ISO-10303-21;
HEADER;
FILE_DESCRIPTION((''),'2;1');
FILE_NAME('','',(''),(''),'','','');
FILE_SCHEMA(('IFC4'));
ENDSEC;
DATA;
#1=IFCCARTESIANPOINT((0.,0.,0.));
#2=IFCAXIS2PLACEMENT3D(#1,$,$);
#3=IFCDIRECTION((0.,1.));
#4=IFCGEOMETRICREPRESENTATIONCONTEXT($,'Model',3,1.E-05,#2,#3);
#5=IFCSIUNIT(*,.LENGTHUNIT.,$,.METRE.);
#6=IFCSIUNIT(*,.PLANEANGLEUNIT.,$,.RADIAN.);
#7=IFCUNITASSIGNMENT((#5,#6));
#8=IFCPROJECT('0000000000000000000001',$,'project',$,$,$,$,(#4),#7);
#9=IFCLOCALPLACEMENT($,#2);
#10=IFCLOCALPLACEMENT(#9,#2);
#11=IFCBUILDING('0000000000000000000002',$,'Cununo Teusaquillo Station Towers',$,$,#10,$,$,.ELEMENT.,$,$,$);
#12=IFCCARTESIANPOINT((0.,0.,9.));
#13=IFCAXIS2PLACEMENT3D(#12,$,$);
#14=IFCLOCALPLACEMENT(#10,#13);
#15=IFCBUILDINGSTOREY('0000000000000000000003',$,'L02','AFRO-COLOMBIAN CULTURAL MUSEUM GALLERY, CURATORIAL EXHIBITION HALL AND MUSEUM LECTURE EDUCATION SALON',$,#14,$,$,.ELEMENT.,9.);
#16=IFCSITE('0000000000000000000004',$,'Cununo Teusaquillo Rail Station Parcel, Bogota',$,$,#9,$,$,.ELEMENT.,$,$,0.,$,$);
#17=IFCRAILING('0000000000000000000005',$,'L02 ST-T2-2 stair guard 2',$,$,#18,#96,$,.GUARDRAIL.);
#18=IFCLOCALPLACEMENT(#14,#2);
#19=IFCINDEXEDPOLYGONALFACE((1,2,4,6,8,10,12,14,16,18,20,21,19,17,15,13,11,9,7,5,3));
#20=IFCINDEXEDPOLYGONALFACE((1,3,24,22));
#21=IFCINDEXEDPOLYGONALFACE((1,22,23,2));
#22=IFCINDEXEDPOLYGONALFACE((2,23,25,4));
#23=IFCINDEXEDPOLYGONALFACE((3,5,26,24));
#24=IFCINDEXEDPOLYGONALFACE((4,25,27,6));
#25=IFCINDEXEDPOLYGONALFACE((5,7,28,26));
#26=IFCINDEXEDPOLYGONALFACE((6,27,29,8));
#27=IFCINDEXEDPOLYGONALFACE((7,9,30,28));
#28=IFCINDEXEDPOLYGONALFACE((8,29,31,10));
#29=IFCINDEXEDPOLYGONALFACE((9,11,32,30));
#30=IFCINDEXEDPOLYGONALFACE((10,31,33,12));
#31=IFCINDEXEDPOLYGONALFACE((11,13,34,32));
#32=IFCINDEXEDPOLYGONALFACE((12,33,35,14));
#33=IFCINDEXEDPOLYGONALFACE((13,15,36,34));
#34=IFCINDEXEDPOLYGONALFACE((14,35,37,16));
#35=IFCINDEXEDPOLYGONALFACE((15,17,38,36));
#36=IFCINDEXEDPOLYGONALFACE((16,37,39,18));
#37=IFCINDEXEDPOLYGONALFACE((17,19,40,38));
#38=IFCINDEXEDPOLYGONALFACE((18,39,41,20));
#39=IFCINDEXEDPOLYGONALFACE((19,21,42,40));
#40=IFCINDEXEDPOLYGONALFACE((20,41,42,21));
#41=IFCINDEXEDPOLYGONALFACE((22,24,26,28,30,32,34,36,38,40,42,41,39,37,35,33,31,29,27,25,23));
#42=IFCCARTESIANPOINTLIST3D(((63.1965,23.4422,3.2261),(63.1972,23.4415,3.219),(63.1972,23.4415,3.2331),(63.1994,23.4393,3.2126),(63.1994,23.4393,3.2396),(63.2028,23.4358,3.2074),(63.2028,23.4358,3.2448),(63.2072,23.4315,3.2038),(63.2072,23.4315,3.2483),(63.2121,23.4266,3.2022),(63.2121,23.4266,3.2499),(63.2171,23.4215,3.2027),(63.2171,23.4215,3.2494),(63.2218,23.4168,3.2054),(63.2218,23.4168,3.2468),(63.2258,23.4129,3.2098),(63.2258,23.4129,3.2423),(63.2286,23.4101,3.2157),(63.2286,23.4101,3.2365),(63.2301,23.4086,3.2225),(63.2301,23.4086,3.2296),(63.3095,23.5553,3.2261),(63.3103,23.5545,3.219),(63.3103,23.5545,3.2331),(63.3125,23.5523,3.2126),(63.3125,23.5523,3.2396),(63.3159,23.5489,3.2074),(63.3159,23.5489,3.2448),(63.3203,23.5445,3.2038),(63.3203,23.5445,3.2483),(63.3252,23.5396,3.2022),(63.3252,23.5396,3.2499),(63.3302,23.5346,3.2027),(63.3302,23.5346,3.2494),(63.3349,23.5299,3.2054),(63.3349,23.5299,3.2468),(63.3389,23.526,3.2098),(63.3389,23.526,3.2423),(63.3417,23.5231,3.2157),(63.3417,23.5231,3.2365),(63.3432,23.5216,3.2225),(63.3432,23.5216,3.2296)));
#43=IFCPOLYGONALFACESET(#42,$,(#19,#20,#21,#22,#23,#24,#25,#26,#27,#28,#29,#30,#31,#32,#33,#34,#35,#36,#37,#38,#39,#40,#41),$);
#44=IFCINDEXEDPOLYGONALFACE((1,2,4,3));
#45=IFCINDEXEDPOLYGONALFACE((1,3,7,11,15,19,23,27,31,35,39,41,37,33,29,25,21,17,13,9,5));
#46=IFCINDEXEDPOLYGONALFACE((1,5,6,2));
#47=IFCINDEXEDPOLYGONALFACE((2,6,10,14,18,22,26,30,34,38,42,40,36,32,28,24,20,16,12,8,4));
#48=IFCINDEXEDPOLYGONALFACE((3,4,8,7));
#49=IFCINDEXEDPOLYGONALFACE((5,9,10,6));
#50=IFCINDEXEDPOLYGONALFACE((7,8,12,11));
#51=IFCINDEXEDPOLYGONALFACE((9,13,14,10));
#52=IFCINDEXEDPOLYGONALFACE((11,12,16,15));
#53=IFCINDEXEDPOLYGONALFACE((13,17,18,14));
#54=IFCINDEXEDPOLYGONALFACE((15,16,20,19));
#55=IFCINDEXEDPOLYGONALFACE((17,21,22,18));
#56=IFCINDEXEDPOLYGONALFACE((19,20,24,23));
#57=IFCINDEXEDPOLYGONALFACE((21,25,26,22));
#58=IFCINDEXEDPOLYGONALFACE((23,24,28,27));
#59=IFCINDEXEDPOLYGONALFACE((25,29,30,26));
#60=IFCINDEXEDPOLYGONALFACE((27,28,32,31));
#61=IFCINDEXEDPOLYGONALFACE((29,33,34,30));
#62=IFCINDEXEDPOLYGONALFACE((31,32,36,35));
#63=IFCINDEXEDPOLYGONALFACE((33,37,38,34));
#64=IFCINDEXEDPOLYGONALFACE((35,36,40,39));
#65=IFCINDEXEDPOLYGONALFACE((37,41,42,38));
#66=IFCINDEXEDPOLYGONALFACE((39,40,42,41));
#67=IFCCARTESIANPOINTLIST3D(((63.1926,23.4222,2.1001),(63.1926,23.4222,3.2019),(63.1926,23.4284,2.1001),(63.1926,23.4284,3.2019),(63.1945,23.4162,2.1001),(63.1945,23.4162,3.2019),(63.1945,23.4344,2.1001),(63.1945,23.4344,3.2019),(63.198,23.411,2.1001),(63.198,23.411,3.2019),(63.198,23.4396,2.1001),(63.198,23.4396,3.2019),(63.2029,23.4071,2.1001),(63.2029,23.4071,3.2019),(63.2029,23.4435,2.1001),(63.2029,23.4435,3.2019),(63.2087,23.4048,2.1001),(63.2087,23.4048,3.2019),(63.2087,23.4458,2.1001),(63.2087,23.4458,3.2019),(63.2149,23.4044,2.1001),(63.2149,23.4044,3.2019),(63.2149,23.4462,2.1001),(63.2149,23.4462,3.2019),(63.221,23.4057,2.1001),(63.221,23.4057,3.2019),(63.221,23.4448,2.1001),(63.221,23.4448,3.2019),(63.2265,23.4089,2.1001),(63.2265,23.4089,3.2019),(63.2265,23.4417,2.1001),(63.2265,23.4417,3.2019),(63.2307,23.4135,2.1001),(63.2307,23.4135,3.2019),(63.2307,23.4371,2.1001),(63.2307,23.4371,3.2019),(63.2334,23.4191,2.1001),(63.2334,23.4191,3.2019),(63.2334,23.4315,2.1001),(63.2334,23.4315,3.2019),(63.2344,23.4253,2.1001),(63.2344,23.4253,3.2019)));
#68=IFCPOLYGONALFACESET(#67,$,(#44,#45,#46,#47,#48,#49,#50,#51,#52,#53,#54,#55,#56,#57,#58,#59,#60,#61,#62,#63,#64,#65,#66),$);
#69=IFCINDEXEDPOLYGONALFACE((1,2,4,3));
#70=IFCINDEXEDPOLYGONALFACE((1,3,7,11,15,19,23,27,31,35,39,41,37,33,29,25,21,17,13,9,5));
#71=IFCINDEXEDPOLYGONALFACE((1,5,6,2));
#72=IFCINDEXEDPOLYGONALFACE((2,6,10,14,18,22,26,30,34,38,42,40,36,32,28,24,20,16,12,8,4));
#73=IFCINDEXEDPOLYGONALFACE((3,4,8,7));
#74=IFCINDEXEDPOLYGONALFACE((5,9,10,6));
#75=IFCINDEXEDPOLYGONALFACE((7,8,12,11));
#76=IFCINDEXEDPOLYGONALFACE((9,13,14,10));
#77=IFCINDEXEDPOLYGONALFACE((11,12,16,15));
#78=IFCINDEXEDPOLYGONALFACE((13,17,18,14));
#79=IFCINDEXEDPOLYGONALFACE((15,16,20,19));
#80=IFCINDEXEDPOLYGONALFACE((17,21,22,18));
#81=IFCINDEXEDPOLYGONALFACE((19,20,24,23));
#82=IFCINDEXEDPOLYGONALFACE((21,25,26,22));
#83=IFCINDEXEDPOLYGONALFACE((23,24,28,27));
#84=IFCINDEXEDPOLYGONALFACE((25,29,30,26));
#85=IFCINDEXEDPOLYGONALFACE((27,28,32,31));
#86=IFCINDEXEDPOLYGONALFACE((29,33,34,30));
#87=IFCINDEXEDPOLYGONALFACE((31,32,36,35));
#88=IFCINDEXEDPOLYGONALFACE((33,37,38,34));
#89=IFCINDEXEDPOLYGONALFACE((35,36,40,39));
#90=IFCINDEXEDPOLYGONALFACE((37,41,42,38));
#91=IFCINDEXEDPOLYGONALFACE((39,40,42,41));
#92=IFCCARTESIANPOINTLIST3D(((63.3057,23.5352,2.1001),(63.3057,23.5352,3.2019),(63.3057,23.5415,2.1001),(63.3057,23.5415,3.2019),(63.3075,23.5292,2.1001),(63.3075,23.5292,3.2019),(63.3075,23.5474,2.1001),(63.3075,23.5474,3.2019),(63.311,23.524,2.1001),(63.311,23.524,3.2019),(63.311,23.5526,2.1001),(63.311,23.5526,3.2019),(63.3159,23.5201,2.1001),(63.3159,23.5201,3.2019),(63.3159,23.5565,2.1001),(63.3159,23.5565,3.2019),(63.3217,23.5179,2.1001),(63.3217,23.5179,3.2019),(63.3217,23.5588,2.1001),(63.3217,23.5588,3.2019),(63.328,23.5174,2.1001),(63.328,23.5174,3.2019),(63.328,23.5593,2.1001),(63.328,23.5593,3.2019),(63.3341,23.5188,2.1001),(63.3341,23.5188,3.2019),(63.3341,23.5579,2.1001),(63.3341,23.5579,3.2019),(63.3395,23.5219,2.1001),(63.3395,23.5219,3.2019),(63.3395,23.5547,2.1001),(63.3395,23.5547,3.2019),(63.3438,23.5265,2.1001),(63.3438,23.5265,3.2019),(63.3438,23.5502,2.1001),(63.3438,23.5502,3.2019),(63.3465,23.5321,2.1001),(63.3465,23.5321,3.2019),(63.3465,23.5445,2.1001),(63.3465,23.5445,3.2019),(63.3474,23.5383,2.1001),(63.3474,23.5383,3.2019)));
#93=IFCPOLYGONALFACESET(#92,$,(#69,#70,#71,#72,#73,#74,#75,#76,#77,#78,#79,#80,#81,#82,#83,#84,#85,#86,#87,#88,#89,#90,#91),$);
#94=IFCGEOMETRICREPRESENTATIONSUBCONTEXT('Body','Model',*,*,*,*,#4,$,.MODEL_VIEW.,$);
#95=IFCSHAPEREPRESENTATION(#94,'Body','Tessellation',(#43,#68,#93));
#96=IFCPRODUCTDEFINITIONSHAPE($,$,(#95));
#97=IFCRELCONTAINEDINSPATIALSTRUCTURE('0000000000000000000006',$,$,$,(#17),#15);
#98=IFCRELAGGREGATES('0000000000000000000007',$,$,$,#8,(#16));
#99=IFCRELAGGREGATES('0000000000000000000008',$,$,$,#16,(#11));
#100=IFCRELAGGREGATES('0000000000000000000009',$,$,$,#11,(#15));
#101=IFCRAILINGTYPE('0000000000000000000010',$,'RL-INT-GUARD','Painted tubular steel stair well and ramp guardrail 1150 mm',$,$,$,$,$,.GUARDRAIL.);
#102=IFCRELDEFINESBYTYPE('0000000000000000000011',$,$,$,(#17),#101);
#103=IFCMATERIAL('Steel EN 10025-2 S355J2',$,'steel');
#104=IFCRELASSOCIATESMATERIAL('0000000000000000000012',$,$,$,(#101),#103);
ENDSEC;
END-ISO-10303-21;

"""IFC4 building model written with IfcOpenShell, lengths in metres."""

from ifc_helpers import new_model, si_unit, direction, frame, origin, origin_2d, place, context, subcontext, project, spatial, circle, extrude, material, type_object, element, save


model = new_model("IFC4")

# Units and contexts
model_context = context("Model", 3, precision=1e-05, world=origin(), true_north=direction((0.0, 1.0)))
body_context = subcontext(model_context, "Body", "Model", "MODEL_VIEW")
ifc_project = project(units=[si_unit("LENGTHUNIT", "METRE"), si_unit("PLANEANGLEUNIT", "RADIAN")], contexts=[model_context])

# Site, building, storey
site_placement = place(None, origin())
site = spatial("IfcSite", under=ifc_project, at=site_placement, Name="Cununo Teusaquillo Rail Station Parcel, Bogota", CompositionType="ELEMENT", RefElevation=0.0)
building_placement = place(site_placement, origin())
building = spatial("IfcBuilding", under=site, at=building_placement, Name="Cununo Teusaquillo Station Towers", CompositionType="ELEMENT")
storey_placement = place(building_placement, frame((0.0, 0.0, 9.0)))
storey = spatial("IfcBuildingStorey", under=building, at=storey_placement, Name="L02", Description="AFRO-COLOMBIAN CULTURAL MUSEUM GALLERY, CURATORIAL EXHIBITION HALL AND MUSEUM LECTURE EDUCATION SALON", CompositionType="ELEMENT", Elevation=9.0)

# Railing
ifc_material_1 = material(Name="Steel EN 10025-2 S355J2", Category="steel")
railing_type_1 = type_object("IfcRailingType", Name="RL-INT-GUARD", Description="Painted tubular steel stair well and ramp guardrail 1150 mm", PredefinedType="GUARDRAIL", material=ifc_material_1)
railing_1_placement = place(storey_placement, frame((63.2134, 23.4253, 2.1001)))
element("IfcRailing", 1, at=railing_1_placement, inside=storey, type_object=railing_type_1, Name="L02 ST-T2-2 stair guard 2", PredefinedType="GUARDRAIL", context=body_context, shape_type="SweptSolid", body=[
    extrude(circle(Radius=0.0239, at=origin_2d()), frame((0.0, 0.0, 1.126), z_axis=(0.707107, 0.707107, 0.0), x_axis=(-0.707107, 0.707107, 0.0)), (0.0, 0.0, 1.0), 0.1599),
    extrude(circle(Radius=0.021, at=origin_2d()), origin(), (0.0, 0.0, 1.0), 1.1018),
    extrude(circle(Radius=0.021, at=origin_2d()), frame((0.113, 0.113, 0.0)), (0.0, 0.0, 1.0), 1.1018),
])

save(model, "model.ifc")
